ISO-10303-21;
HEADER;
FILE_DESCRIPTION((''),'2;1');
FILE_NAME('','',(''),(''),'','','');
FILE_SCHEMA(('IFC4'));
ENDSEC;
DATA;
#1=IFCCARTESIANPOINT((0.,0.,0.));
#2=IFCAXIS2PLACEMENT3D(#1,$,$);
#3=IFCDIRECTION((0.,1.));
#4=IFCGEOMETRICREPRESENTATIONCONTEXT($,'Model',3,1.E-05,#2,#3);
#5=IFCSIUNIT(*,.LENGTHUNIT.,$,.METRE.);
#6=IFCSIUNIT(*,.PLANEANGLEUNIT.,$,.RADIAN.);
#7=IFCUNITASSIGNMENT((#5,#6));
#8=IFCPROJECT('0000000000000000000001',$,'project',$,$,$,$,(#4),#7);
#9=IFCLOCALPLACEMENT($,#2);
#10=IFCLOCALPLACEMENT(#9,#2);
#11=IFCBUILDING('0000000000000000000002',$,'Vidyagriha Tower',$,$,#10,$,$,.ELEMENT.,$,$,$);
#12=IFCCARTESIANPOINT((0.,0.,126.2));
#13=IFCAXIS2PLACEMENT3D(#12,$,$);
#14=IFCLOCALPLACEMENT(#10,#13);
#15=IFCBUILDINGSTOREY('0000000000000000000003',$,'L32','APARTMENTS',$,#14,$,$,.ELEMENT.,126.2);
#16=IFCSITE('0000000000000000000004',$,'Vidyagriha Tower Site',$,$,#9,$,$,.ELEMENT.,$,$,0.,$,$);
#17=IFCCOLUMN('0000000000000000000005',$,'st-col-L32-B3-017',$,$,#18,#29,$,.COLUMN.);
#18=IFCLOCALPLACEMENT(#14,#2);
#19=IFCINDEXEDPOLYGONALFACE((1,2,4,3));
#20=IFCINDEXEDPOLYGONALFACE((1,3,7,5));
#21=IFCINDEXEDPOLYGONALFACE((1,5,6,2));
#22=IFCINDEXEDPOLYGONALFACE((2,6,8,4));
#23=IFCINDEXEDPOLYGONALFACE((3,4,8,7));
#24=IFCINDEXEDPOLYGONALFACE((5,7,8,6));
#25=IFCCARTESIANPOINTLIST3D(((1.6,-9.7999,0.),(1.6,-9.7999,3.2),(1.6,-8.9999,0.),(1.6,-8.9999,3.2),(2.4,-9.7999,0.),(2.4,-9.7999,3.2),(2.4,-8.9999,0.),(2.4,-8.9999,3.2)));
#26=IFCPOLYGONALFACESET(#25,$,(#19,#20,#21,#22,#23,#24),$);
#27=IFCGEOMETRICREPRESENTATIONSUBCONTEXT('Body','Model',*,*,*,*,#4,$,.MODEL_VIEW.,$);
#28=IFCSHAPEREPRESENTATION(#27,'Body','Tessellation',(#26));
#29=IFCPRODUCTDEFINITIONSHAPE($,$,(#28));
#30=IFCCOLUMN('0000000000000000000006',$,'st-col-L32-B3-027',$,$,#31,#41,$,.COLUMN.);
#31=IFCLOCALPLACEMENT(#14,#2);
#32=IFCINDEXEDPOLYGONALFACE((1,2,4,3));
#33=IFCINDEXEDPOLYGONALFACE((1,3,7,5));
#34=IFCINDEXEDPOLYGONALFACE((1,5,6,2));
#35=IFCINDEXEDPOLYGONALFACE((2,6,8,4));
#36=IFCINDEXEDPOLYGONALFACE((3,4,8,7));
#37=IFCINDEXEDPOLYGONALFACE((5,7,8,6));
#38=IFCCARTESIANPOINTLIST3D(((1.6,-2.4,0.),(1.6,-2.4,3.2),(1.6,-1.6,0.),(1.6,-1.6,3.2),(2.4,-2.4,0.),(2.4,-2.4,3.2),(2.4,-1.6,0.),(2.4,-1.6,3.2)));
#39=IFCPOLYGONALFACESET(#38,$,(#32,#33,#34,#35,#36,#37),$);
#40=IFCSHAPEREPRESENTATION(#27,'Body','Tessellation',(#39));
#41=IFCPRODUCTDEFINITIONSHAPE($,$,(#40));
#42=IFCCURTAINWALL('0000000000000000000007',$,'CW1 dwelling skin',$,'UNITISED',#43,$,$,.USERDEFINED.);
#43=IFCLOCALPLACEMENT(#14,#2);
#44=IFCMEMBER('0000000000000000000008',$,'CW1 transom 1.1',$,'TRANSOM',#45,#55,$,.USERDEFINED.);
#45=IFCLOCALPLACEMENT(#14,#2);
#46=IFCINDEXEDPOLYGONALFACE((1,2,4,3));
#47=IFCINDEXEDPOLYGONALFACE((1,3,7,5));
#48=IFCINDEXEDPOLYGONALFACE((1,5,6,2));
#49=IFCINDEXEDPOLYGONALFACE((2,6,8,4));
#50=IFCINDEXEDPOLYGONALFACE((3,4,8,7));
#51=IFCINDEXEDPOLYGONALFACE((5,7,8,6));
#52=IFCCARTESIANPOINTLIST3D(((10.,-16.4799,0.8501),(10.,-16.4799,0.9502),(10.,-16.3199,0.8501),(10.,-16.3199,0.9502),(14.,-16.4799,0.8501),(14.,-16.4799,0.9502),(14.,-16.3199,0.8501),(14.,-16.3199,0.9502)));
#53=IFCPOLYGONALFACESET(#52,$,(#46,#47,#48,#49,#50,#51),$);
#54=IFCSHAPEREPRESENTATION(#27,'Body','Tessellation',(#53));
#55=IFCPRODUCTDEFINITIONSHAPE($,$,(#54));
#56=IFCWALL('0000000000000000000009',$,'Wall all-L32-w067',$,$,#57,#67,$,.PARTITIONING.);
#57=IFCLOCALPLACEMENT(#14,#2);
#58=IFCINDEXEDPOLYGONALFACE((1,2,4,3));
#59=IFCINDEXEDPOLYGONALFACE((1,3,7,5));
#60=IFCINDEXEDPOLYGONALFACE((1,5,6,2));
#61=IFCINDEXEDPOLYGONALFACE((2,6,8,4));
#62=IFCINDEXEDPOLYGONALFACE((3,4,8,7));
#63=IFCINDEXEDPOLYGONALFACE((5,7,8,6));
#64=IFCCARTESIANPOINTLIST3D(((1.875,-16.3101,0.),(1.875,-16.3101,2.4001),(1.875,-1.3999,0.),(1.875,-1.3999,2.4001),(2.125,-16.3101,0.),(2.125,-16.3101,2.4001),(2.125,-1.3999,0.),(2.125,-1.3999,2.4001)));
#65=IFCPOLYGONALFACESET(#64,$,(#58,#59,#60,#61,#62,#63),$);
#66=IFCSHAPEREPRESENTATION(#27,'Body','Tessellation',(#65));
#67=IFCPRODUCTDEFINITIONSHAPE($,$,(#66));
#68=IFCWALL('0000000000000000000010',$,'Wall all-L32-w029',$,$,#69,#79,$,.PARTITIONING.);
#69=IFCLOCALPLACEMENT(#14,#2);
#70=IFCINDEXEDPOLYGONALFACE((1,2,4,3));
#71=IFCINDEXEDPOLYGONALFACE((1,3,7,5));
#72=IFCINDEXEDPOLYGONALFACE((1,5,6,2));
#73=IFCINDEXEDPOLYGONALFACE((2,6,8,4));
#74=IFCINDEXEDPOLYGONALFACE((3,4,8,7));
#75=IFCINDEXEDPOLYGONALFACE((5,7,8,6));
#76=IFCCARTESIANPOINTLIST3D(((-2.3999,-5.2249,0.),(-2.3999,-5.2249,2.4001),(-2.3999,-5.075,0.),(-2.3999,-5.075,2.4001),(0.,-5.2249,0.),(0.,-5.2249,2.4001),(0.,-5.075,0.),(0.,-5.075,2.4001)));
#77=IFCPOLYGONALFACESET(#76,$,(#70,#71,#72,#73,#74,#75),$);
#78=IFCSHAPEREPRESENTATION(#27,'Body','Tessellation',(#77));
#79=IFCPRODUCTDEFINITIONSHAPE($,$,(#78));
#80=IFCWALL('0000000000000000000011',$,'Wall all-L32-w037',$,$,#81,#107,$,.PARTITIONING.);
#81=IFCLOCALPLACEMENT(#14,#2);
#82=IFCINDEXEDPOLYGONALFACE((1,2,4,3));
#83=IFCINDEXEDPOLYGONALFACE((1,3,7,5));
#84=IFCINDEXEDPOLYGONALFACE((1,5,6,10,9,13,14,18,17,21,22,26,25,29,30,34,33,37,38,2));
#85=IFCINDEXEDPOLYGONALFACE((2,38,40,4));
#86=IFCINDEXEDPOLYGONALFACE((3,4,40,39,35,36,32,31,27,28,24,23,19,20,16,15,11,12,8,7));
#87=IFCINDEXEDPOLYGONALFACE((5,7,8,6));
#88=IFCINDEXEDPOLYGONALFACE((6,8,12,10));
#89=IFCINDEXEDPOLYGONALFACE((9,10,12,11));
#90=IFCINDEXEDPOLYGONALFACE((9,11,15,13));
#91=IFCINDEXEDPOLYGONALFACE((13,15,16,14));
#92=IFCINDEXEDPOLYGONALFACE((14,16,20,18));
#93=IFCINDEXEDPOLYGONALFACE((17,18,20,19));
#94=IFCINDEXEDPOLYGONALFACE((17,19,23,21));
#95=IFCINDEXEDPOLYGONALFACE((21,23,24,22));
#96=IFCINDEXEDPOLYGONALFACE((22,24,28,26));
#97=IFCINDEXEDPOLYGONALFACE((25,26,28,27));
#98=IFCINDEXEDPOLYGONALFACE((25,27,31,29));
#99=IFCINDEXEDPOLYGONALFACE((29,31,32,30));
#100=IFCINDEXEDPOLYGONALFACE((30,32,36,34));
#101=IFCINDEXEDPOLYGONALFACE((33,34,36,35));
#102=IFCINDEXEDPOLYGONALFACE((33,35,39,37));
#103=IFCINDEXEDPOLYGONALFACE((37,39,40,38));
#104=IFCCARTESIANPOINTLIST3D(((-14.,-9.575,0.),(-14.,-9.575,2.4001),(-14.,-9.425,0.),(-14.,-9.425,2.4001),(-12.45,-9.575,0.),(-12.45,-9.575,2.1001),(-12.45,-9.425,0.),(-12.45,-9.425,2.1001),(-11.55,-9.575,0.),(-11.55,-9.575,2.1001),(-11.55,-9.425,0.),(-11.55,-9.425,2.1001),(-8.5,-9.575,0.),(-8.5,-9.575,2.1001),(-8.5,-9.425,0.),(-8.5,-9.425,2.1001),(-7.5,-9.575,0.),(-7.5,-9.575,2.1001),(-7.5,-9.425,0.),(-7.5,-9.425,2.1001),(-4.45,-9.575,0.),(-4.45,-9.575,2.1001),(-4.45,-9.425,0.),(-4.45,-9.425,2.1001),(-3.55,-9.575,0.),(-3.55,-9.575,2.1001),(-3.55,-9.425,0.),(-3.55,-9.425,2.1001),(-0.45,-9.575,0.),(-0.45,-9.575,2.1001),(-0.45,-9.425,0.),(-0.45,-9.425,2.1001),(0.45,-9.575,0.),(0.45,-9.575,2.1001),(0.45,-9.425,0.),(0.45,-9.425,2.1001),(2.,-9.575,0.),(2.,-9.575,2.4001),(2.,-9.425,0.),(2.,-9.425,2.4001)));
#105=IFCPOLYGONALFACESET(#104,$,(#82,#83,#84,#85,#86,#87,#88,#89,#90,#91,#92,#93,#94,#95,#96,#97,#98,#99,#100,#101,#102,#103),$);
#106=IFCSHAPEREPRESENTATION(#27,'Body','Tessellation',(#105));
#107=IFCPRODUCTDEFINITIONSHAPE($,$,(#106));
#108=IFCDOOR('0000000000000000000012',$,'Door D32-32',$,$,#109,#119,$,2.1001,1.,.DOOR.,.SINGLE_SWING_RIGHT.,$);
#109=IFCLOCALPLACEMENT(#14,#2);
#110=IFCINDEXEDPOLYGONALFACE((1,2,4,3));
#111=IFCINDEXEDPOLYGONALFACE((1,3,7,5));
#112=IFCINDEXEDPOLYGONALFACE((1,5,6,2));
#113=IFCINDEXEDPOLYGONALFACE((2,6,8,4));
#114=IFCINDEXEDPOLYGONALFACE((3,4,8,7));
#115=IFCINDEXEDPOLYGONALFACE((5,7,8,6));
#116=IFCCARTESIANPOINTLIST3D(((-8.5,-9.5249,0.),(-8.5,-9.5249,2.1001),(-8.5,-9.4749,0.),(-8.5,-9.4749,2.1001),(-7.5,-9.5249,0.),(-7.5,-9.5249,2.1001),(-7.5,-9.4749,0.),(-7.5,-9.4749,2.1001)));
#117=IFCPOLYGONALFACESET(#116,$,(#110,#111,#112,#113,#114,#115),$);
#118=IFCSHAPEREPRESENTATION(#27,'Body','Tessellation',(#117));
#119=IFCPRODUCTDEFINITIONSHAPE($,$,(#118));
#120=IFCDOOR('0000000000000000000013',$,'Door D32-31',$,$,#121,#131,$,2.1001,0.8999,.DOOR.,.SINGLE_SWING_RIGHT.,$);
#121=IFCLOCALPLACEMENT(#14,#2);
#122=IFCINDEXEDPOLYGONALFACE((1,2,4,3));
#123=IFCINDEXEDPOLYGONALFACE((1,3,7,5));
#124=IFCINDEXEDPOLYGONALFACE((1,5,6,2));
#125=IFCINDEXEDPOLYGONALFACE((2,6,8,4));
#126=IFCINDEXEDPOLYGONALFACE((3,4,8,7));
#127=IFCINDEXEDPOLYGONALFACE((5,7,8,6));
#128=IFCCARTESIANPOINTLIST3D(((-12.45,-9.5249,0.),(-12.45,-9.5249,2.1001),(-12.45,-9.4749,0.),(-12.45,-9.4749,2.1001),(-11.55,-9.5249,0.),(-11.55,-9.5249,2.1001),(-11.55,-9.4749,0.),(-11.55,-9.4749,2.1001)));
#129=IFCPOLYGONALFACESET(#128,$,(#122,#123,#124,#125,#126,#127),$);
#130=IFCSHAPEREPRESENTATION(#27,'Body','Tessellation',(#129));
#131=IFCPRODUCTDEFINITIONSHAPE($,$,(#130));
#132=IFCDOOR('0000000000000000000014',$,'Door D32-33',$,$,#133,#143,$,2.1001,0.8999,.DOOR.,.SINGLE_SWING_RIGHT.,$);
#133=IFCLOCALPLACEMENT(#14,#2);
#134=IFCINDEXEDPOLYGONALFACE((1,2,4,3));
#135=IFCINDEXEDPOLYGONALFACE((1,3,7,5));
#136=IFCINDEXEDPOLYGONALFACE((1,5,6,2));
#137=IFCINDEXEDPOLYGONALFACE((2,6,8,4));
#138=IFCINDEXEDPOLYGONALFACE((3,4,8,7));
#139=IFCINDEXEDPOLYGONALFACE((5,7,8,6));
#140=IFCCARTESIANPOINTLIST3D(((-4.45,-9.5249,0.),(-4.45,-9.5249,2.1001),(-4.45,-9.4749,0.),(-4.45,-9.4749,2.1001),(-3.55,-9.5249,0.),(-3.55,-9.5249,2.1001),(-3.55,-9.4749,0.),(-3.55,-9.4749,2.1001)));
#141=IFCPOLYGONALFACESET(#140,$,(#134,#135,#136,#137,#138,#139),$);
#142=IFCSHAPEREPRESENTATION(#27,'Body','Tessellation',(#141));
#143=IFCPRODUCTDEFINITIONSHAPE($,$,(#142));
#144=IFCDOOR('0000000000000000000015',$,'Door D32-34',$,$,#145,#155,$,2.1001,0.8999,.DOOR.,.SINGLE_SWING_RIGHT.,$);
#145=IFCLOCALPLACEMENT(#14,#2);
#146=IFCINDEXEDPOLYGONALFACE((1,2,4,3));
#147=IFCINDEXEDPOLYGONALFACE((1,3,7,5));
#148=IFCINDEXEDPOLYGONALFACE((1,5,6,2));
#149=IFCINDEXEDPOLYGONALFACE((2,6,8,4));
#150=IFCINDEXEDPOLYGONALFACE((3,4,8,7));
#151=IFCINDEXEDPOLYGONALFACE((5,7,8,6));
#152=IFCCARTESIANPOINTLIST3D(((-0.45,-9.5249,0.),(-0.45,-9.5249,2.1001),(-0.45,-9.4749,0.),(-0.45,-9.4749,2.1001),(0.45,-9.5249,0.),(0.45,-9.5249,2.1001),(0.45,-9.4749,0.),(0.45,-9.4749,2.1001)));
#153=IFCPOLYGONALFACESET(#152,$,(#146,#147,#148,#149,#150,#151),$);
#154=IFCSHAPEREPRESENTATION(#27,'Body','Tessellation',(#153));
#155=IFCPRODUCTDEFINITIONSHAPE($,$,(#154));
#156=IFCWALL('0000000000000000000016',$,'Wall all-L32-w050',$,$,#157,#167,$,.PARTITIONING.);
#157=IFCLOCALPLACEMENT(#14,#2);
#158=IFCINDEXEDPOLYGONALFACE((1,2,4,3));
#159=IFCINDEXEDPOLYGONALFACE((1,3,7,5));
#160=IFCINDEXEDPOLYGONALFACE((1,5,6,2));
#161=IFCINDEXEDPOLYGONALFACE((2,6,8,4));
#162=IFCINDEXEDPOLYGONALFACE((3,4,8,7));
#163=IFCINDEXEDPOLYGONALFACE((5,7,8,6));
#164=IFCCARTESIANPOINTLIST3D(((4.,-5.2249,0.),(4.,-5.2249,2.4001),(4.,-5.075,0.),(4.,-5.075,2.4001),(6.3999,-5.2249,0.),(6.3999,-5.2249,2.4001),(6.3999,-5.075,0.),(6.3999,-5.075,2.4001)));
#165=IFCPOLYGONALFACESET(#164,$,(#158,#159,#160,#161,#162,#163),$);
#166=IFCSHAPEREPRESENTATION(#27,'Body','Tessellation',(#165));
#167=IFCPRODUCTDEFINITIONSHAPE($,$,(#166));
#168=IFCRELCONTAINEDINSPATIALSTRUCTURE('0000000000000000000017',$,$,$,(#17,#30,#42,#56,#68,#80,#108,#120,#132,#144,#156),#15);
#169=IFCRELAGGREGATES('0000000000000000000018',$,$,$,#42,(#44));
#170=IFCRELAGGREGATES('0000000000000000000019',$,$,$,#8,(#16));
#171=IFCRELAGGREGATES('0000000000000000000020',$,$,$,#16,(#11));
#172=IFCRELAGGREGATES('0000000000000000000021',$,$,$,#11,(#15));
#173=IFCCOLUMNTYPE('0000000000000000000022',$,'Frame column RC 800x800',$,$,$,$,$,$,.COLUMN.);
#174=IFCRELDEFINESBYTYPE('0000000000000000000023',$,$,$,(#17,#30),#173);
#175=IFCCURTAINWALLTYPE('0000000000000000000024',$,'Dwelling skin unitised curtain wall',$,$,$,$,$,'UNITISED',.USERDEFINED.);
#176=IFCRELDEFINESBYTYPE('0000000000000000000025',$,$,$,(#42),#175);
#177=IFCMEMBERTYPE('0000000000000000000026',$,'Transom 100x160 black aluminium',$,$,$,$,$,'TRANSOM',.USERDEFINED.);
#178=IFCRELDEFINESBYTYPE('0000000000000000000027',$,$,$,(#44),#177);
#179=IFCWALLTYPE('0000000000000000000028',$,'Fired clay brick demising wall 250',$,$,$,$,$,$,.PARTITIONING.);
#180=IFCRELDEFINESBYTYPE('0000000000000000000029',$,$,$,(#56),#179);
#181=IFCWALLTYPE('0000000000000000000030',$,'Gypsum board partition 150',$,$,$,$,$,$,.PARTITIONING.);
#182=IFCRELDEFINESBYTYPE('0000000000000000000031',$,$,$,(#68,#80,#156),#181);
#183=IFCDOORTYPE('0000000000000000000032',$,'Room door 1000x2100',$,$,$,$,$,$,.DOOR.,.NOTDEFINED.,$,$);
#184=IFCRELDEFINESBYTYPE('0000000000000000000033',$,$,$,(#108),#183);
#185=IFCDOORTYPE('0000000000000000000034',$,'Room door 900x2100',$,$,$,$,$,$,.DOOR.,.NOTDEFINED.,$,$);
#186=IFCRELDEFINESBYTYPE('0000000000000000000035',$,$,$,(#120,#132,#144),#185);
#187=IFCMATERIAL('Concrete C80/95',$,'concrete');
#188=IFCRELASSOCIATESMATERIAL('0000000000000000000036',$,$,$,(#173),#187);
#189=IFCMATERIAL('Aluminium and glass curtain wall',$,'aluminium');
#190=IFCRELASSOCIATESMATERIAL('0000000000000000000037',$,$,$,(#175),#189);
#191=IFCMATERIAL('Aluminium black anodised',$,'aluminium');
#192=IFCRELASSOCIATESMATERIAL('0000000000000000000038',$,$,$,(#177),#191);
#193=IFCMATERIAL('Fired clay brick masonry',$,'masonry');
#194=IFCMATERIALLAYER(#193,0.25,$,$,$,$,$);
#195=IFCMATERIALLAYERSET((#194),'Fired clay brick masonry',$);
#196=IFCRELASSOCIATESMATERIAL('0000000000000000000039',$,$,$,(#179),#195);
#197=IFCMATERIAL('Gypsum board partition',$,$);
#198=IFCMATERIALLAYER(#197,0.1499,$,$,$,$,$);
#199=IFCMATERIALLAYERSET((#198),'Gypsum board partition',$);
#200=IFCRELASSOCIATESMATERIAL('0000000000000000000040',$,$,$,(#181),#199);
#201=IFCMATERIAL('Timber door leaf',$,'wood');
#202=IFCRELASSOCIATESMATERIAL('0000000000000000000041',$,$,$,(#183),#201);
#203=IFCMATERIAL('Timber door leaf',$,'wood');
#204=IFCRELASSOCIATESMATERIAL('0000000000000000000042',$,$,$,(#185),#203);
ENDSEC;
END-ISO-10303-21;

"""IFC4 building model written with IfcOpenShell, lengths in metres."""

from ifc_helpers import new_model, si_unit, direction, frame, frame_2d, origin, origin_2d, place, context, subcontext, project, spatial, rectangle, extrude, material, layer, layer_set, material_profile, profile_set, type_object, element, fill, aggregate, save


model = new_model("IFC4")

# Units and contexts
model_context = context("Model", 3, precision=1e-05, world=origin(), true_north=direction((0.0, 1.0)))
body_context = subcontext(model_context, "Body", "Model", "MODEL_VIEW")
ifc_project = project(units=[si_unit("LENGTHUNIT", "METRE"), si_unit("PLANEANGLEUNIT", "RADIAN")], contexts=[model_context])

# Site, building, storey
site_placement = place(None, origin())
site = spatial("IfcSite", under=ifc_project, at=site_placement, Name="Vidyagriha Tower Site", CompositionType="ELEMENT", RefElevation=0.0)
building_placement = place(site_placement, origin())
building = spatial("IfcBuilding", under=site, at=building_placement, Name="Vidyagriha Tower", CompositionType="ELEMENT")
storey_placement = place(building_placement, frame((0.0, 0.0, 126.2)))
storey = spatial("IfcBuildingStorey", under=building, at=storey_placement, Name="L32", Description="APARTMENTS", CompositionType="ELEMENT", Elevation=126.2)

# Columns
ifc_material_1 = material(Name="Concrete C80/95", Category="concrete")
ifc_material_profile_1 = material_profile(ifc_material_1, rectangle(XDim=0.8, YDim=0.8, at=origin_2d()), Name="RC 800x800")
ifc_profile_set_1 = profile_set([ifc_material_profile_1], Name="Concrete C80/95")
column_type = type_object("IfcColumnType", Name="Frame column RC 800x800", PredefinedType="COLUMN", material=ifc_profile_set_1)
for number, where, name in (
    (1, (2.0, -9.3999, 0.0), "st-col-L32-B3-017"),
    (2, (2.0, -2.0, 0.0), "st-col-L32-B3-027"),
):
    element("IfcColumn", number, at=place(storey_placement, frame(where)), inside=storey, type_object=column_type, Name=name, PredefinedType="COLUMN", context=body_context, shape_type="SweptSolid", body=[
        extrude(rectangle(XDim=0.8, YDim=0.8, at=origin_2d()), origin(), (0.0, 0.0, 1.0), 3.2),
    ])

# Curtain wall, member
ifc_material_2 = material(Name="Aluminium and glass curtain wall", Category="aluminium")
curtain_wall_type = type_object("IfcCurtainWallType", Name="Dwelling skin unitised curtain wall", ElementType="UNITISED", PredefinedType="USERDEFINED", material=ifc_material_2)
curtain_wall_placement = place(storey_placement, origin())
curtain_wall = element("IfcCurtainWall", 3, at=curtain_wall_placement, inside=storey, type_object=curtain_wall_type, Name="CW1 dwelling skin", ObjectType="UNITISED", PredefinedType="USERDEFINED")
ifc_material_3 = material(Name="Aluminium black anodised", Category="aluminium")
ifc_material_profile_2 = material_profile(ifc_material_3, rectangle(XDim=0.1599, YDim=0.1001, at=origin_2d()), Name="Transom 100x160 black aluminium")
ifc_profile_set_2 = profile_set([ifc_material_profile_2], Name="Aluminium black anodised")
member_type = type_object("IfcMemberType", Name="Transom 100x160 black aluminium", ElementType="TRANSOM", PredefinedType="USERDEFINED", material=ifc_profile_set_2)
member_placement = place(storey_placement, frame((10.0, -16.3999, 0.9001), z_axis=(1.0, 0.0, 0.0), x_axis=(0.0, 1.0, 0.0)))
member = element("IfcMember", 4, at=member_placement, type_object=member_type, Name="CW1 transom 1.1", ObjectType="TRANSOM", PredefinedType="USERDEFINED", context=body_context, shape_type="SweptSolid", body=[
    extrude(rectangle(XDim=0.1599, YDim=0.1001, at=origin_2d()), origin(), (0.0, 0.0, 1.0), 4.0),
])
aggregate(curtain_wall, [member])

# Walls
ifc_material_4 = material(Name="Fired clay brick masonry", Category="masonry")
ifc_layer_1 = layer(ifc_material_4, 0.25)
ifc_layer_set_1 = layer_set([ifc_layer_1], Name="Fired clay brick masonry")
wall_type_1 = type_object("IfcWallType", Name="Fired clay brick demising wall 250", PredefinedType="PARTITIONING", material=ifc_layer_set_1)
wall_1_placement = place(storey_placement, frame((2.0, -1.3999, 0.0), z_axis=(0.0, 0.0, 1.0), x_axis=(0.0, -1.0, 0.0)))
element("IfcWall", 5, at=wall_1_placement, inside=storey, type_object=wall_type_1, Name="Wall all-L32-w067", PredefinedType="PARTITIONING", context=body_context, shape_type="SweptSolid", body=[
    extrude(rectangle(XDim=14.9102, YDim=0.25, at=frame_2d((7.4551, 0.0))), origin(), (0.0, 0.0, 1.0), 2.4001),
])
ifc_material_5 = material(Name="Gypsum board partition")
ifc_layer_2 = layer(ifc_material_5, 0.1499)
ifc_layer_set_2 = layer_set([ifc_layer_2], Name="Gypsum board partition")
wall_type_2 = type_object("IfcWallType", Name="Gypsum board partition 150", PredefinedType="PARTITIONING", material=ifc_layer_set_2)
wall_2_placement = place(storey_placement, frame((0.0, -5.1499, 0.0), z_axis=(0.0, 0.0, 1.0), x_axis=(-1.0, 0.0, 0.0)))
element("IfcWall", 6, at=wall_2_placement, inside=storey, type_object=wall_type_2, Name="Wall all-L32-w029", PredefinedType="PARTITIONING", context=body_context, shape_type="SweptSolid", body=[
    extrude(rectangle(XDim=2.3999, YDim=0.1499, at=frame_2d((1.2, 0.0))), origin(), (0.0, 0.0, 1.0), 2.4001),
])

# Wall, openings, doors
wall_3_placement = place(storey_placement, frame((2.0, -9.5, 0.0), z_axis=(0.0, 0.0, 1.0), x_axis=(-1.0, 0.0, 0.0)))
wall_3 = element("IfcWall", 7, at=wall_3_placement, inside=storey, type_object=wall_type_2, Name="Wall all-L32-w037", PredefinedType="PARTITIONING", context=body_context, shape_type="SweptSolid", body=[
    extrude(rectangle(XDim=16.0, YDim=0.1499, at=frame_2d((8.0, 0.0))), origin(), (0.0, 0.0, 1.0), 2.4001),
])
opening_1_placement = place(wall_3_placement, frame((13.55, 0.0, 0.0)))
opening_1 = element("IfcOpeningElement", 8, at=opening_1_placement, cuts=wall_3, PredefinedType="OPENING", context=body_context, shape_type="SweptSolid", body=[
    extrude(rectangle(XDim=0.8999, YDim=2.1001, at=frame_2d((0.45, 1.05))), frame((0.0, 0.085, 0.0), z_axis=(0.0, -1.0, 0.0), x_axis=(1.0, 0.0, 0.0)), (0.0, 0.0, 1.0), 0.1699),
])
opening_2_placement = place(wall_3_placement, frame((9.5, 0.0, 0.0)))
opening_2 = element("IfcOpeningElement", 9, at=opening_2_placement, cuts=wall_3, PredefinedType="OPENING", context=body_context, shape_type="SweptSolid", body=[
    extrude(rectangle(XDim=1.0, YDim=2.1001, at=frame_2d((0.5, 1.05))), frame((0.0, 0.085, 0.0), z_axis=(0.0, -1.0, 0.0), x_axis=(1.0, 0.0, 0.0)), (0.0, 0.0, 1.0), 0.1699),
])
opening_3_placement = place(wall_3_placement, frame((5.55, 0.0, 0.0)))
opening_3 = element("IfcOpeningElement", 10, at=opening_3_placement, cuts=wall_3, PredefinedType="OPENING", context=body_context, shape_type="SweptSolid", body=[
    extrude(rectangle(XDim=0.8999, YDim=2.1001, at=frame_2d((0.45, 1.05))), frame((0.0, 0.085, 0.0), z_axis=(0.0, -1.0, 0.0), x_axis=(1.0, 0.0, 0.0)), (0.0, 0.0, 1.0), 0.1699),
])
opening_4_placement = place(wall_3_placement, frame((1.55, 0.0, 0.0)))
opening_4 = element("IfcOpeningElement", 11, at=opening_4_placement, cuts=wall_3, PredefinedType="OPENING", context=body_context, shape_type="SweptSolid", body=[
    extrude(rectangle(XDim=0.8999, YDim=2.1001, at=frame_2d((0.45, 1.05))), frame((0.0, 0.085, 0.0), z_axis=(0.0, -1.0, 0.0), x_axis=(1.0, 0.0, 0.0)), (0.0, 0.0, 1.0), 0.1699),
])
ifc_material_6 = material(Name="Timber door leaf", Category="wood")
door_type_1 = type_object("IfcDoorType", Name="Room door 1000x2100", OperationType="NOTDEFINED", PredefinedType="DOOR", material=ifc_material_6)
door_1_placement = place(opening_2_placement, origin())
door_1 = element("IfcDoor", 12, at=door_1_placement, inside=storey, type_object=door_type_1, Name="Door D32-32", OperationType="SINGLE_SWING_RIGHT", OverallHeight=2.1001, OverallWidth=1.0, PredefinedType="DOOR", context=body_context, shape_type="SweptSolid", body=[
    extrude(rectangle(XDim=1.0, YDim=2.1001, at=frame_2d((0.5, 1.05))), frame((0.0, 0.0249, 0.0), z_axis=(0.0, -1.0, 0.0), x_axis=(1.0, 0.0, 0.0)), (0.0, 0.0, 1.0), 0.05),
])
fill(opening_2, door_1)
ifc_material_7 = material(Name="Timber door leaf", Category="wood")
door_type_2 = type_object("IfcDoorType", Name="Room door 900x2100", OperationType="NOTDEFINED", PredefinedType="DOOR", material=ifc_material_7)
door_2_placement = place(opening_1_placement, origin())
door_2 = element("IfcDoor", 13, at=door_2_placement, inside=storey, type_object=door_type_2, Name="Door D32-31", OperationType="SINGLE_SWING_RIGHT", OverallHeight=2.1001, OverallWidth=0.8999, PredefinedType="DOOR", context=body_context, shape_type="SweptSolid", body=[
    extrude(rectangle(XDim=0.8999, YDim=2.1001, at=frame_2d((0.45, 1.05))), frame((0.0, 0.0249, 0.0), z_axis=(0.0, -1.0, 0.0), x_axis=(1.0, 0.0, 0.0)), (0.0, 0.0, 1.0), 0.05),
])
fill(opening_1, door_2)
door_3_placement = place(opening_3_placement, origin())
door_3 = element("IfcDoor", 14, at=door_3_placement, inside=storey, type_object=door_type_2, Name="Door D32-33", OperationType="SINGLE_SWING_RIGHT", OverallHeight=2.1001, OverallWidth=0.8999, PredefinedType="DOOR", context=body_context, shape_type="SweptSolid", body=[
    extrude(rectangle(XDim=0.8999, YDim=2.1001, at=frame_2d((0.45, 1.05))), frame((0.0, 0.0249, 0.0), z_axis=(0.0, -1.0, 0.0), x_axis=(1.0, 0.0, 0.0)), (0.0, 0.0, 1.0), 0.05),
])
fill(opening_3, door_3)
door_4_placement = place(opening_4_placement, origin())
door_4 = element("IfcDoor", 15, at=door_4_placement, inside=storey, type_object=door_type_2, Name="Door D32-34", OperationType="SINGLE_SWING_RIGHT", OverallHeight=2.1001, OverallWidth=0.8999, PredefinedType="DOOR", context=body_context, shape_type="SweptSolid", body=[
    extrude(rectangle(XDim=0.8999, YDim=2.1001, at=frame_2d((0.45, 1.05))), frame((0.0, 0.0249, 0.0), z_axis=(0.0, -1.0, 0.0), x_axis=(1.0, 0.0, 0.0)), (0.0, 0.0, 1.0), 0.05),
])
fill(opening_4, door_4)

# Wall
wall_4_placement = place(storey_placement, frame((6.3999, -5.1499, 0.0), z_axis=(0.0, 0.0, 1.0), x_axis=(-1.0, 0.0, 0.0)))
element("IfcWall", 16, at=wall_4_placement, inside=storey, type_object=wall_type_2, Name="Wall all-L32-w050", PredefinedType="PARTITIONING", context=body_context, shape_type="SweptSolid", body=[
    extrude(rectangle(XDim=2.3999, YDim=0.1499, at=frame_2d((1.2, 0.0))), origin(), (0.0, 0.0, 1.0), 2.4001),
])

save(model, "model.ifc")
